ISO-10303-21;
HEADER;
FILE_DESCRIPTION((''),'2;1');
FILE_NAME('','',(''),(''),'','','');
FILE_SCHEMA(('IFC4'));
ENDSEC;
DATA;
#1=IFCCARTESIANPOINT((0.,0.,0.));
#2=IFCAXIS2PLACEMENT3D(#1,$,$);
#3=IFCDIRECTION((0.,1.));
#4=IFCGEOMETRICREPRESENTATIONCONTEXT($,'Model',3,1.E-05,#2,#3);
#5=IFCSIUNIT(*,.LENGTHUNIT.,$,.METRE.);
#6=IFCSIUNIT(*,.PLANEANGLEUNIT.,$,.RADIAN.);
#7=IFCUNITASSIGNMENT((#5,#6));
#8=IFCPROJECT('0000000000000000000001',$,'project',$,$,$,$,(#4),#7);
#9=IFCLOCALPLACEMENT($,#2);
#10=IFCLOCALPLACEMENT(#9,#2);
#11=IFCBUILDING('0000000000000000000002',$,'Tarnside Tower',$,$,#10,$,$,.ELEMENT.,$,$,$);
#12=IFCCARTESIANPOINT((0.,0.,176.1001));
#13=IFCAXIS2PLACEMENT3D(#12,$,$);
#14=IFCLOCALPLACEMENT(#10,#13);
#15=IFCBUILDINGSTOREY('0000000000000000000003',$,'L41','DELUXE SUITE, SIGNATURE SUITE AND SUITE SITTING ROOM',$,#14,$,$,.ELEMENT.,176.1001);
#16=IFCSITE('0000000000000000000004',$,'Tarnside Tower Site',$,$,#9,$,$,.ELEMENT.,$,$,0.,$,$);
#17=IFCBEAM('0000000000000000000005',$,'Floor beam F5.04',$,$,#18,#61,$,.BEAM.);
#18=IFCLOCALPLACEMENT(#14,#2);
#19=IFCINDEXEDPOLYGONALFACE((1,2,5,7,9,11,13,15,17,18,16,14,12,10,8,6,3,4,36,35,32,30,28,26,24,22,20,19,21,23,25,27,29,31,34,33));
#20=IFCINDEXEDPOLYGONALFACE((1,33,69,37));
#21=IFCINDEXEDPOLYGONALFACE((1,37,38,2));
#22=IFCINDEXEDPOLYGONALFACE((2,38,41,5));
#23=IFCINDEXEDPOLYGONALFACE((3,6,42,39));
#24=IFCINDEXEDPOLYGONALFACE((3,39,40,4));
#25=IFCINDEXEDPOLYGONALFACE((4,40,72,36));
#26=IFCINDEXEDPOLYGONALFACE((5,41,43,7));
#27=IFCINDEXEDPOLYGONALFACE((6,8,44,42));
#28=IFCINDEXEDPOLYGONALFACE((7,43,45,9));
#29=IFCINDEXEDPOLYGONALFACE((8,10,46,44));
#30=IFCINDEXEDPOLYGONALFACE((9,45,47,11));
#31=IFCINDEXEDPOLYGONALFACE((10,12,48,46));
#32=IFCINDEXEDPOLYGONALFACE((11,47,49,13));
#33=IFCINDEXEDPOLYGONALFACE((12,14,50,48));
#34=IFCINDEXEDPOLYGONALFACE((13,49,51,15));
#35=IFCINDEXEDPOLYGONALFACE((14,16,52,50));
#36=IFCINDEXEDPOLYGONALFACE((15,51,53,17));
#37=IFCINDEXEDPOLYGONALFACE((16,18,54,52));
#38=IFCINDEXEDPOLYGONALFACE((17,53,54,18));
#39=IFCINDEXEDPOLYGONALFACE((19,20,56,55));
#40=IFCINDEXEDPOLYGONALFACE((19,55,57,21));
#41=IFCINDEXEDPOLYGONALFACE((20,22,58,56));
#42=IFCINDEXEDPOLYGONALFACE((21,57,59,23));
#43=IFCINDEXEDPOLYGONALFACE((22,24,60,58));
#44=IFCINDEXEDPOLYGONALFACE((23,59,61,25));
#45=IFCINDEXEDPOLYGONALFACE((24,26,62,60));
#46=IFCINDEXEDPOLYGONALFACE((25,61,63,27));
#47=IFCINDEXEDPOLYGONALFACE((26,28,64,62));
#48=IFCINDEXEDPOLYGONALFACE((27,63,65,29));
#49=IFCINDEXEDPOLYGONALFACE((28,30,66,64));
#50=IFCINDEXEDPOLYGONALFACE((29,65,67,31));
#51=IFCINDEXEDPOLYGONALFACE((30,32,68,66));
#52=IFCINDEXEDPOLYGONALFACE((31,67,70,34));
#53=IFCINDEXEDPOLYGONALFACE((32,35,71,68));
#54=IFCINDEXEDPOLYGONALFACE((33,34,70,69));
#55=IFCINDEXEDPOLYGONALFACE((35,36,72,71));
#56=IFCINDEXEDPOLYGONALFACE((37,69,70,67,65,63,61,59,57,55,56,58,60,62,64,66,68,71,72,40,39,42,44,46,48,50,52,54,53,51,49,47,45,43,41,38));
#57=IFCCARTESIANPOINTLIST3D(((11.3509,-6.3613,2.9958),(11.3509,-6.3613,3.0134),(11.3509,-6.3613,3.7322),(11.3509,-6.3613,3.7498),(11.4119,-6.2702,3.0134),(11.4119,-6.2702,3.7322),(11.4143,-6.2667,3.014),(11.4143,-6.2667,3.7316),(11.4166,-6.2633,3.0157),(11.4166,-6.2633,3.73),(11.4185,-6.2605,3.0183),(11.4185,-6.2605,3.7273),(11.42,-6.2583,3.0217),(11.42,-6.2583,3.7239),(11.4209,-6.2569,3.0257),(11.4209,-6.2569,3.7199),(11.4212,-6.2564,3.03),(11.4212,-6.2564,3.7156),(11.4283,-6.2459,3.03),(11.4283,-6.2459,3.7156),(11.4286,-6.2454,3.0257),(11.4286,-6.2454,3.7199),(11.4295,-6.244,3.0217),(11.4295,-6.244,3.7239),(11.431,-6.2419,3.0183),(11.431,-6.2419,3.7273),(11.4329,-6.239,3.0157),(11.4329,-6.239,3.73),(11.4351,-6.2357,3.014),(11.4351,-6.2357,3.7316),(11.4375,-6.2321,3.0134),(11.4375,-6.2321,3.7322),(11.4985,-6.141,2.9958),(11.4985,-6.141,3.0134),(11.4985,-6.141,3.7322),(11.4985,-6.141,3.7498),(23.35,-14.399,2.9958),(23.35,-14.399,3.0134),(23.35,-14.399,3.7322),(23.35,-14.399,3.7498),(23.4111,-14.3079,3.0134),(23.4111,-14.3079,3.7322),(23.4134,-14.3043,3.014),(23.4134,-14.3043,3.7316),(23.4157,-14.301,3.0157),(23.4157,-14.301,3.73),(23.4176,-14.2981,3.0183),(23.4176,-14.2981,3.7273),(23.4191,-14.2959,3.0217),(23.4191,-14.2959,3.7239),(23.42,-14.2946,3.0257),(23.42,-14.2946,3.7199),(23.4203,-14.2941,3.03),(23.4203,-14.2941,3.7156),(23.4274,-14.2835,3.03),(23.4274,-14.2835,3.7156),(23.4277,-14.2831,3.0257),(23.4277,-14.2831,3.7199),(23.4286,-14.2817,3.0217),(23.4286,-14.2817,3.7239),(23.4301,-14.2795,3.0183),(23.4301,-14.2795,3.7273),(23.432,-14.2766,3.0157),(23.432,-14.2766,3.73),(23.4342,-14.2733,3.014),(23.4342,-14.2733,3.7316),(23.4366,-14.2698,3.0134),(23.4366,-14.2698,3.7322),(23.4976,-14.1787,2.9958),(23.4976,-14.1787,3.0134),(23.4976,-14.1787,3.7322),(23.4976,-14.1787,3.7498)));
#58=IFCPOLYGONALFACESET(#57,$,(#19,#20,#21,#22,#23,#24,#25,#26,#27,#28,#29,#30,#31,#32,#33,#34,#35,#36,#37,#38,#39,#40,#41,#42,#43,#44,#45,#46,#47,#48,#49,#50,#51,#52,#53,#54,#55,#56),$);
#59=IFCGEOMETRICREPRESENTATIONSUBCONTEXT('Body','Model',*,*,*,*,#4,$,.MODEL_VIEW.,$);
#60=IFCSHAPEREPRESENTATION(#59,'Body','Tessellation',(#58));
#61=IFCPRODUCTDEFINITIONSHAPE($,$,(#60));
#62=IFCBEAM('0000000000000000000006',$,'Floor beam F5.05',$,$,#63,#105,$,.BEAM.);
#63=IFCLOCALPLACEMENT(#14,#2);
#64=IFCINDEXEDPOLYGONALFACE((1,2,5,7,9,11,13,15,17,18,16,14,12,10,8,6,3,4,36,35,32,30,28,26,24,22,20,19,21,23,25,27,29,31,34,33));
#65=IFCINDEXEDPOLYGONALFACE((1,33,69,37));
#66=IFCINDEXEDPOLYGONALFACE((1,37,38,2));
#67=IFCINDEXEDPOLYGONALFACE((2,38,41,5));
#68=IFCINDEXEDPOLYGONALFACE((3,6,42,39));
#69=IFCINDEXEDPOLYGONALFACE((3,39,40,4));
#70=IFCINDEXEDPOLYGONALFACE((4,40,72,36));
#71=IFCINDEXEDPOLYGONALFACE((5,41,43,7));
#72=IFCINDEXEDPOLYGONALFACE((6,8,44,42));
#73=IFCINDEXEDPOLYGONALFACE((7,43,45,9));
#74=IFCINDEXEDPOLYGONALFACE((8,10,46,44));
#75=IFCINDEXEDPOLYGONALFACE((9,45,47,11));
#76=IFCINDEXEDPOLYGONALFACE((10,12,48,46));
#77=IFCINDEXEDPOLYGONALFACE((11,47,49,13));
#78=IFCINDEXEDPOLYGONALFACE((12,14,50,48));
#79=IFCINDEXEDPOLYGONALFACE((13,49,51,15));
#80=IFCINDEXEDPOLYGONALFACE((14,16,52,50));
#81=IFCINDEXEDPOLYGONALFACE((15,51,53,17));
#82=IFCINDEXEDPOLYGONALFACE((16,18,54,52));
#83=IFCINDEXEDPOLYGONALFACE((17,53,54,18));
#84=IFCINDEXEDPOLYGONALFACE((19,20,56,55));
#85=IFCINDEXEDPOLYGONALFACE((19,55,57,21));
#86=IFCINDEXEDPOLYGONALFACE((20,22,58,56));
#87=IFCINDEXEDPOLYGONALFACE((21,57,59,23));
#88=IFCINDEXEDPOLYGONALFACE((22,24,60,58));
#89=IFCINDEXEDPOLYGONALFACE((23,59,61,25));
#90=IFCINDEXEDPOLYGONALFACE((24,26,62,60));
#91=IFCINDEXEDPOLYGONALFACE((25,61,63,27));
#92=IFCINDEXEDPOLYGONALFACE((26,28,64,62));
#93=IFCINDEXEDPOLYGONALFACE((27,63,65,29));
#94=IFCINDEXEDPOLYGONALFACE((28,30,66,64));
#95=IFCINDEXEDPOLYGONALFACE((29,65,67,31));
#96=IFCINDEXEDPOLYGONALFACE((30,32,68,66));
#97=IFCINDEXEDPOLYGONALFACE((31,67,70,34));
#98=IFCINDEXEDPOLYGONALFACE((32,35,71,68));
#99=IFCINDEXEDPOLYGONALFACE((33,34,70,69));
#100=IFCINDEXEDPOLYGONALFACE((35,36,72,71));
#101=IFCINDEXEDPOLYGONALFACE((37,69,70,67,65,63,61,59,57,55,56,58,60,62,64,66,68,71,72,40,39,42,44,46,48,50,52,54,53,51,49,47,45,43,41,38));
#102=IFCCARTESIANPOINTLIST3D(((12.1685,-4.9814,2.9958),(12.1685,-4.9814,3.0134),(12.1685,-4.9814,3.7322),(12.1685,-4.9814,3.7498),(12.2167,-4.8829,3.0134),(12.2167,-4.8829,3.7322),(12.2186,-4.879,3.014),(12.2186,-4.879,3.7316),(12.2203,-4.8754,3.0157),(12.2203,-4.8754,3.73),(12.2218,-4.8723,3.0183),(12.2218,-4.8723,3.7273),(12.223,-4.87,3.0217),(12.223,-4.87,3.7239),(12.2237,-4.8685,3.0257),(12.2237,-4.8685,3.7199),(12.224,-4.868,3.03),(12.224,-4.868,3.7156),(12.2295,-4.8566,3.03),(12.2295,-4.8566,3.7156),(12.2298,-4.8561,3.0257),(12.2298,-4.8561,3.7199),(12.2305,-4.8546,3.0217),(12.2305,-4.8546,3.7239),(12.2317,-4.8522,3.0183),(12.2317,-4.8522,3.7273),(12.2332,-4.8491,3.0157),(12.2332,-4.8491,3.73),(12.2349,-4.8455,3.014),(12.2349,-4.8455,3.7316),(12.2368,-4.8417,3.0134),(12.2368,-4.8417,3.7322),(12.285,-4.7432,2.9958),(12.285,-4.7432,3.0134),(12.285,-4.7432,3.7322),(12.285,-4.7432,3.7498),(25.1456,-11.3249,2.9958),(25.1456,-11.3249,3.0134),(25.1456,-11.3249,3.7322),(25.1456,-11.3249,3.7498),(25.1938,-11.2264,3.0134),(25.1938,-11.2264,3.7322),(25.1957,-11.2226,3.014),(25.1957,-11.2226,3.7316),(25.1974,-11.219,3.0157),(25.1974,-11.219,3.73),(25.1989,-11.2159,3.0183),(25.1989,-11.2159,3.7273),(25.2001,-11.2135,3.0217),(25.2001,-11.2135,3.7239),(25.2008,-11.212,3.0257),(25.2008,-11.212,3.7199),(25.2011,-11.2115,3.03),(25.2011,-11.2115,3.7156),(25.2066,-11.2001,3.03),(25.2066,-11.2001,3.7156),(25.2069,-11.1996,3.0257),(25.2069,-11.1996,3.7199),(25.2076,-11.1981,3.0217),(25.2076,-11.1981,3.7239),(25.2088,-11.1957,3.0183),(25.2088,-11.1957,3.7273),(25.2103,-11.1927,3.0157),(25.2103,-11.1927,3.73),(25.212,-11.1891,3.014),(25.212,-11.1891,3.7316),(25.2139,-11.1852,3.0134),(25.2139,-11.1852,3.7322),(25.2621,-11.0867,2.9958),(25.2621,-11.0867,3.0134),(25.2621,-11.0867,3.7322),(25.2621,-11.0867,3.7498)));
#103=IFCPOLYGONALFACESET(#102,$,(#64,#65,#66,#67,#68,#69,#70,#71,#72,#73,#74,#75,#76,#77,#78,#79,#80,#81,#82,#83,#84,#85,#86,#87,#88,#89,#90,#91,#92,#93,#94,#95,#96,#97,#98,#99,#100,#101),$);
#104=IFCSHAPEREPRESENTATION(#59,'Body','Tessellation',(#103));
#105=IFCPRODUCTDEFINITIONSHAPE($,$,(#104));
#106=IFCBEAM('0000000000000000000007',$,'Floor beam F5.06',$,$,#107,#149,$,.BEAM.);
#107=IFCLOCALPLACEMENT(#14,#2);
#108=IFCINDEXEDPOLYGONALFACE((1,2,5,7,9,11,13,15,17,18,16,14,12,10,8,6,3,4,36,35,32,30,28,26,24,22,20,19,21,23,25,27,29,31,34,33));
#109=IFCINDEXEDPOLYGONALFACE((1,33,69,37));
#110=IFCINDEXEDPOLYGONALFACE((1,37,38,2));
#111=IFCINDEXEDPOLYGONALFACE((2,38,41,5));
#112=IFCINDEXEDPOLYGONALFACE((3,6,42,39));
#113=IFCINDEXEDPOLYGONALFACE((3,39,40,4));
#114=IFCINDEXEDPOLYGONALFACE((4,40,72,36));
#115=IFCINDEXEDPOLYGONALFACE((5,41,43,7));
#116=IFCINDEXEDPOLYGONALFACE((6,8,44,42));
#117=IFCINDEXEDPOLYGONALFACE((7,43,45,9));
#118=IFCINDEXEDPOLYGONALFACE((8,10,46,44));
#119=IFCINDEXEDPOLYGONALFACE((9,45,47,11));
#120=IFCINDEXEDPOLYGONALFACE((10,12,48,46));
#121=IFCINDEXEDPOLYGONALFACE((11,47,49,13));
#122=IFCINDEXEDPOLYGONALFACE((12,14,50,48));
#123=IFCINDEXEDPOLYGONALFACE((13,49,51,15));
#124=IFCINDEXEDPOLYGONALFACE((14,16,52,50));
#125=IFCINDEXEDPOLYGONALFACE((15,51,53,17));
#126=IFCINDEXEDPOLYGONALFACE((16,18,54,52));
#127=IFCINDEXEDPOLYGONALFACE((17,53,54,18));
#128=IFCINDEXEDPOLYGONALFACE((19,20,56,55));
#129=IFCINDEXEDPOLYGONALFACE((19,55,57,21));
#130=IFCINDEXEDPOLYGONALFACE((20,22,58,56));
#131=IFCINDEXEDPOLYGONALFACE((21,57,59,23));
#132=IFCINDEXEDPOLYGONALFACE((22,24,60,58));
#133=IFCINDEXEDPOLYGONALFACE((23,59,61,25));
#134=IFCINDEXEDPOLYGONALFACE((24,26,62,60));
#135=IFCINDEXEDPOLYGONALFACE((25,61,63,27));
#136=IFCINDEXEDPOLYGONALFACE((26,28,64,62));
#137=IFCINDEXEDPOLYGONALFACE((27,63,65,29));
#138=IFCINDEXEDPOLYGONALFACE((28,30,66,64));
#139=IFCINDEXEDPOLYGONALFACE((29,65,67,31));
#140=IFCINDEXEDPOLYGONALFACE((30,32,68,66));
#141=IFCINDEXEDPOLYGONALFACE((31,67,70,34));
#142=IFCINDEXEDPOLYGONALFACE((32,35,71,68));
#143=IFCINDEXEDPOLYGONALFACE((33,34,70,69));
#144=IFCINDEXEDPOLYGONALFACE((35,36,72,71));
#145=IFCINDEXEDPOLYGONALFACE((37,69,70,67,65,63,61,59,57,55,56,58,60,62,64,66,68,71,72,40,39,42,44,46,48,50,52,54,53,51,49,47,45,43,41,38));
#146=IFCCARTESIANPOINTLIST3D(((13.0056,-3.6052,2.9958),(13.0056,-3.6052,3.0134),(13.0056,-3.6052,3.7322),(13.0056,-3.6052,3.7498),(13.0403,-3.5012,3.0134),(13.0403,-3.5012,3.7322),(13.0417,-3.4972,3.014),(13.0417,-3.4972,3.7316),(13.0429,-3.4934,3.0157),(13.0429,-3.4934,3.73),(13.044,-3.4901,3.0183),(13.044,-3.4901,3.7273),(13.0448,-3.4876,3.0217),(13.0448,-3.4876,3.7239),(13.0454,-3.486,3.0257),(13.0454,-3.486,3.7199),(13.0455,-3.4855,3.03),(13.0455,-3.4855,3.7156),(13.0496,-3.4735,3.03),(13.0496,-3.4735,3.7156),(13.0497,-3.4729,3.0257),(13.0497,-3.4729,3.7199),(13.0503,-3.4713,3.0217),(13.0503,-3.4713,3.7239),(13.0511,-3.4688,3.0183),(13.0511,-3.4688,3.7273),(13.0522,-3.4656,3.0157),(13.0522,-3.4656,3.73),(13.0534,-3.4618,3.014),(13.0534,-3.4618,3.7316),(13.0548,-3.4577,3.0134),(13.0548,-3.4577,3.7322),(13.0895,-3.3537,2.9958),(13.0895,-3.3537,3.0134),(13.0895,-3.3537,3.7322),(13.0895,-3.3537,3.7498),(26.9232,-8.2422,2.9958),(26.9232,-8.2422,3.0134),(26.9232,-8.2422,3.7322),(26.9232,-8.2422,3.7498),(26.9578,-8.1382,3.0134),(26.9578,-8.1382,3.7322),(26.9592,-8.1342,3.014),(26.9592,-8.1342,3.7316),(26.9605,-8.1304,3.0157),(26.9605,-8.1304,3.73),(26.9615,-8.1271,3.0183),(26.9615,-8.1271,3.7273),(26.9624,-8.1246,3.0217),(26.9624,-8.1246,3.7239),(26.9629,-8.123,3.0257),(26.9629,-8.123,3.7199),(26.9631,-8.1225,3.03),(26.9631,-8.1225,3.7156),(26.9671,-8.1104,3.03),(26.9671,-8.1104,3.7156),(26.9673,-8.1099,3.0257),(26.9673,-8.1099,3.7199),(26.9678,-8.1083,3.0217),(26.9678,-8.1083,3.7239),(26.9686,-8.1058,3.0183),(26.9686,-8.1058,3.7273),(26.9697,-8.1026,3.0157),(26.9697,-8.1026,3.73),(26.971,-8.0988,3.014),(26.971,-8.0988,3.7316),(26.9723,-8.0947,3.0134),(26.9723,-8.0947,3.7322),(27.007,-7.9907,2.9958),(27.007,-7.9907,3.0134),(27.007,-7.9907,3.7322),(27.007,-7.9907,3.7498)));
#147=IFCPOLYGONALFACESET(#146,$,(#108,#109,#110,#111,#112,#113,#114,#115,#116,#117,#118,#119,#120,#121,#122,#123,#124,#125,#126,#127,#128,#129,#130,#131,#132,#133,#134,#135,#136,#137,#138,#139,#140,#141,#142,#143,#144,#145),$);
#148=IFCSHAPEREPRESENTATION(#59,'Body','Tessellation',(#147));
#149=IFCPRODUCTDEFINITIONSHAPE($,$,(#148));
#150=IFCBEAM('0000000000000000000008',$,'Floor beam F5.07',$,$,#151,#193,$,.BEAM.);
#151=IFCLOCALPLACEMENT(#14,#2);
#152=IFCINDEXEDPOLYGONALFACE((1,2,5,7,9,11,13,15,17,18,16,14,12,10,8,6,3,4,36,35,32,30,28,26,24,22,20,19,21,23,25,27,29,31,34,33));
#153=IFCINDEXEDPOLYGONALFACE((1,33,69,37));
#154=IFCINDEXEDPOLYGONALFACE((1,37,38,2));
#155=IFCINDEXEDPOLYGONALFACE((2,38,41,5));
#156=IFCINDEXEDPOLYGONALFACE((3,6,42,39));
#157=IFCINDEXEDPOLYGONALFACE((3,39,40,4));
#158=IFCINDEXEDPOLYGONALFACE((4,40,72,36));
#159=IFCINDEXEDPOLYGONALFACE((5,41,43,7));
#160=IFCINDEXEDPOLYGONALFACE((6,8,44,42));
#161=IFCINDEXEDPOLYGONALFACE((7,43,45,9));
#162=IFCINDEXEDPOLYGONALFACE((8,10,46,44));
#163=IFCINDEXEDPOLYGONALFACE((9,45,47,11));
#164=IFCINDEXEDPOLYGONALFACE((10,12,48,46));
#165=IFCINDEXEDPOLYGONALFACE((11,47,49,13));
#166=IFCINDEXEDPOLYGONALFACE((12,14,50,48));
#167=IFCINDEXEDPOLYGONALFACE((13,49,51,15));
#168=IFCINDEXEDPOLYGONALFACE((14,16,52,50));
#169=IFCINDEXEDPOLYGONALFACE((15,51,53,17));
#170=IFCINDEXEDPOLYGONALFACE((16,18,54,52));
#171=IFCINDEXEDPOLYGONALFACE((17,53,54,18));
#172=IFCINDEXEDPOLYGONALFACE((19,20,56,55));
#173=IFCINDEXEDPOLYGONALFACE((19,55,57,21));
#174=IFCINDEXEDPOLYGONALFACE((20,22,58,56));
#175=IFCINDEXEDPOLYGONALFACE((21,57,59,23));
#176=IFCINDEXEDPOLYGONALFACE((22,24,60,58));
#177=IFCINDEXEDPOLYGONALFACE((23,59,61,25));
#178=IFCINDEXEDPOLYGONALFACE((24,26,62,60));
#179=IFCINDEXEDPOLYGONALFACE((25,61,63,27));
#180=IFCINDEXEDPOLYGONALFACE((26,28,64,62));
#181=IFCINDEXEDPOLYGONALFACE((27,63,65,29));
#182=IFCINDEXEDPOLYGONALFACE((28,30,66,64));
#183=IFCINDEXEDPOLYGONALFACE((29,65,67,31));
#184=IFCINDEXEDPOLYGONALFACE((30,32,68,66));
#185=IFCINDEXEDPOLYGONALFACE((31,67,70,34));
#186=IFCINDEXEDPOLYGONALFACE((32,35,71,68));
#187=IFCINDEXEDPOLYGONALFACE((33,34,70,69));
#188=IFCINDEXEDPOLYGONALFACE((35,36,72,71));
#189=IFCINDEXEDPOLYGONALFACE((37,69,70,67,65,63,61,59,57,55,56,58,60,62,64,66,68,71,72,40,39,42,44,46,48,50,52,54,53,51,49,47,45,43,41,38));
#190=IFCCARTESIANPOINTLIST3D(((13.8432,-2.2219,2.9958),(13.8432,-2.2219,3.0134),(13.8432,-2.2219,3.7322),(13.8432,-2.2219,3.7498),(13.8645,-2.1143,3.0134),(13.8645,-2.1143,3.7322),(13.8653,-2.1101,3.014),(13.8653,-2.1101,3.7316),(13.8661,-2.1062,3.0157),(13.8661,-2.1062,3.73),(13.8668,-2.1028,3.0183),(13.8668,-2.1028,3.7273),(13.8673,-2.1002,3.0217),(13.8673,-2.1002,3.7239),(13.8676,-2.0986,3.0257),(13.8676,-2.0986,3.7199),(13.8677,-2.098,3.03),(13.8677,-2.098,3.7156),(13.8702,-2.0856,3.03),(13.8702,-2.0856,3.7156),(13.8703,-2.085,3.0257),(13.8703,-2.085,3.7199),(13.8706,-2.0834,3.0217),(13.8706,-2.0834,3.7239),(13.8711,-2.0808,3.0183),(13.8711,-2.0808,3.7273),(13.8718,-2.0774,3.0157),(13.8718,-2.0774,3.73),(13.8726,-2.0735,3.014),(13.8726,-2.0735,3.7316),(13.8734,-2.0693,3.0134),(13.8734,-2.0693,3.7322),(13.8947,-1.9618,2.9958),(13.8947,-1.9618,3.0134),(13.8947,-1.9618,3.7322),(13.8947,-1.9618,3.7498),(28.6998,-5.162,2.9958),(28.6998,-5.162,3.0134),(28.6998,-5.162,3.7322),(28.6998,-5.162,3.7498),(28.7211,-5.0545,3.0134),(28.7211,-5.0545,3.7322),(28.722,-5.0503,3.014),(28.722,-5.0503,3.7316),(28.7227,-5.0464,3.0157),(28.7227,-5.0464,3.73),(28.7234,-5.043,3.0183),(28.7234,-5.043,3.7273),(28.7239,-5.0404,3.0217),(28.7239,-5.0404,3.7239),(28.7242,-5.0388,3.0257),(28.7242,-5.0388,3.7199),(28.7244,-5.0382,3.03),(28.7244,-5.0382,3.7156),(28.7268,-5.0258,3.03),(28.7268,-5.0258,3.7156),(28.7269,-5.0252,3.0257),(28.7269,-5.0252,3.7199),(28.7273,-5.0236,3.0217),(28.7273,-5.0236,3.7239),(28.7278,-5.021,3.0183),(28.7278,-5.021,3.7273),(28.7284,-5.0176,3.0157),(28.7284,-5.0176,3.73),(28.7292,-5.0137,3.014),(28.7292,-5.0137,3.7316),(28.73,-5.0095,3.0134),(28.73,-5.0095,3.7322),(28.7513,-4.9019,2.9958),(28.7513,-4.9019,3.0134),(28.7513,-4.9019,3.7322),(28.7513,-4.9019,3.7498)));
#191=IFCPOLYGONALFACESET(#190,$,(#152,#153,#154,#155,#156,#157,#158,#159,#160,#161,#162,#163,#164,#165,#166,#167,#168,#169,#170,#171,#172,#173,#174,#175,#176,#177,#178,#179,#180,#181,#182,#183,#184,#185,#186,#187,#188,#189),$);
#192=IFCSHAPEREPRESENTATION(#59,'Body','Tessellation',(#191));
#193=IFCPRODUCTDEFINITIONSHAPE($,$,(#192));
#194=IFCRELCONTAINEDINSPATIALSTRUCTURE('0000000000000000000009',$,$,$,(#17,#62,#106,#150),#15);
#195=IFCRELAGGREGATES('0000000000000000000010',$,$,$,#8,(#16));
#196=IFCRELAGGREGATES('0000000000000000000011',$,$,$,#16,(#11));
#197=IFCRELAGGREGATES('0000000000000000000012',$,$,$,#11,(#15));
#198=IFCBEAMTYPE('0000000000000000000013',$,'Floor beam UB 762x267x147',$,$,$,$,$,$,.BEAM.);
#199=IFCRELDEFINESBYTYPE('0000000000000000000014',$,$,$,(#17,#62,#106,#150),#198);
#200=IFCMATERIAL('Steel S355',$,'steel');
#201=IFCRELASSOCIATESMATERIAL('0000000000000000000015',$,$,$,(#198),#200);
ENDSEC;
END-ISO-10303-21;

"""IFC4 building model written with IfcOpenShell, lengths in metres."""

from ifc_helpers import new_model, si_unit, direction, frame, origin, origin_2d, place, context, subcontext, project, spatial, i_section, extrude, material, material_profile, profile_set, type_object, element, save


model = new_model("IFC4")

# Units and contexts
model_context = context("Model", 3, precision=1e-05, world=origin(), true_north=direction((0.0, 1.0)))
body_context = subcontext(model_context, "Body", "Model", "MODEL_VIEW")
ifc_project = project(units=[si_unit("LENGTHUNIT", "METRE"), si_unit("PLANEANGLEUNIT", "RADIAN")], contexts=[model_context])

# Site, building, storey
site_placement = place(None, origin())
site = spatial("IfcSite", under=ifc_project, at=site_placement, Name="Tarnside Tower Site", CompositionType="ELEMENT", RefElevation=0.0)
building_placement = place(site_placement, origin())
building = spatial("IfcBuilding", under=site, at=building_placement, Name="Tarnside Tower", CompositionType="ELEMENT")
storey_placement = place(building_placement, frame((0.0, 0.0, 176.1001)))
storey = spatial("IfcBuildingStorey", under=building, at=storey_placement, Name="L41", Description="DELUXE SUITE, SIGNATURE SUITE AND SUITE SITTING ROOM", CompositionType="ELEMENT", Elevation=176.1001)

# Beams
ifc_material_1 = material(Name="Steel S355", Category="steel")
ifc_material_profile_1 = material_profile(ifc_material_1, i_section(OverallWidth=0.2651, OverallDepth=0.7539, WebThickness=0.0127, FlangeThickness=0.0176, FilletRadius=0.0166, at=origin_2d()), Name="UB 762x267x147")
ifc_profile_set_1 = profile_set([ifc_material_profile_1], Name="Steel S355")
beam_type_1 = type_object("IfcBeamType", Name="Floor beam UB 762x267x147", PredefinedType="BEAM", material=ifc_profile_set_1)
beam_1_placement = place(storey_placement, frame((23.4238, -14.2888, 3.3728), z_axis=(-0.830826, 0.556532, 0.0), x_axis=(-0.556532, -0.830826, 0.0)))
element("IfcBeam", 1, at=beam_1_placement, inside=storey, type_object=beam_type_1, Name="Floor beam F5.04", PredefinedType="BEAM", context=body_context, shape_type="SweptSolid", body=[
    extrude(i_section(OverallWidth=0.2651, OverallDepth=0.7539, WebThickness=0.0127, FlangeThickness=0.0176, FilletRadius=0.0166, at=origin_2d()), origin(), (0.0, 0.0, 1.0), 14.4424),
])
beam_2_placement = place(storey_placement, frame((25.2039, -11.2058, 3.3728), z_axis=(-0.898407, 0.439164, 0.0), x_axis=(-0.439164, -0.898407, 0.0)))
element("IfcBeam", 2, at=beam_2_placement, inside=storey, type_object=beam_type_1, Name="Floor beam F5.05", PredefinedType="BEAM", context=body_context, shape_type="SweptSolid", body=[
    extrude(i_section(OverallWidth=0.2651, OverallDepth=0.7539, WebThickness=0.0127, FlangeThickness=0.0176, FilletRadius=0.0166, at=origin_2d()), origin(), (0.0, 0.0, 1.0), 14.4446),
])
beam_3_placement = place(storey_placement, frame((26.9651, -8.1165, 3.3728), z_axis=(-0.948728, 0.316093, 0.0), x_axis=(-0.316093, -0.948728, 0.0)))
element("IfcBeam", 3, at=beam_3_placement, inside=storey, type_object=beam_type_1, Name="Floor beam F5.06", PredefinedType="BEAM", context=body_context, shape_type="SweptSolid", body=[
    extrude(i_section(OverallWidth=0.2651, OverallDepth=0.7539, WebThickness=0.0127, FlangeThickness=0.0176, FilletRadius=0.0166, at=origin_2d()), origin(), (0.0, 0.0, 1.0), 14.6697),
])
beam_4_placement = place(storey_placement, frame((28.7256, -5.032, 3.3728), z_axis=(-0.980974, 0.194138, 0.0), x_axis=(-0.194138, -0.980974, 0.0)))
element("IfcBeam", 4, at=beam_4_placement, inside=storey, type_object=beam_type_1, Name="Floor beam F5.07", PredefinedType="BEAM", context=body_context, shape_type="SweptSolid", body=[
    extrude(i_section(OverallWidth=0.2651, OverallDepth=0.7539, WebThickness=0.0127, FlangeThickness=0.0176, FilletRadius=0.0166, at=origin_2d()), origin(), (0.0, 0.0, 1.0), 15.1448),
])

save(model, "model.ifc")
